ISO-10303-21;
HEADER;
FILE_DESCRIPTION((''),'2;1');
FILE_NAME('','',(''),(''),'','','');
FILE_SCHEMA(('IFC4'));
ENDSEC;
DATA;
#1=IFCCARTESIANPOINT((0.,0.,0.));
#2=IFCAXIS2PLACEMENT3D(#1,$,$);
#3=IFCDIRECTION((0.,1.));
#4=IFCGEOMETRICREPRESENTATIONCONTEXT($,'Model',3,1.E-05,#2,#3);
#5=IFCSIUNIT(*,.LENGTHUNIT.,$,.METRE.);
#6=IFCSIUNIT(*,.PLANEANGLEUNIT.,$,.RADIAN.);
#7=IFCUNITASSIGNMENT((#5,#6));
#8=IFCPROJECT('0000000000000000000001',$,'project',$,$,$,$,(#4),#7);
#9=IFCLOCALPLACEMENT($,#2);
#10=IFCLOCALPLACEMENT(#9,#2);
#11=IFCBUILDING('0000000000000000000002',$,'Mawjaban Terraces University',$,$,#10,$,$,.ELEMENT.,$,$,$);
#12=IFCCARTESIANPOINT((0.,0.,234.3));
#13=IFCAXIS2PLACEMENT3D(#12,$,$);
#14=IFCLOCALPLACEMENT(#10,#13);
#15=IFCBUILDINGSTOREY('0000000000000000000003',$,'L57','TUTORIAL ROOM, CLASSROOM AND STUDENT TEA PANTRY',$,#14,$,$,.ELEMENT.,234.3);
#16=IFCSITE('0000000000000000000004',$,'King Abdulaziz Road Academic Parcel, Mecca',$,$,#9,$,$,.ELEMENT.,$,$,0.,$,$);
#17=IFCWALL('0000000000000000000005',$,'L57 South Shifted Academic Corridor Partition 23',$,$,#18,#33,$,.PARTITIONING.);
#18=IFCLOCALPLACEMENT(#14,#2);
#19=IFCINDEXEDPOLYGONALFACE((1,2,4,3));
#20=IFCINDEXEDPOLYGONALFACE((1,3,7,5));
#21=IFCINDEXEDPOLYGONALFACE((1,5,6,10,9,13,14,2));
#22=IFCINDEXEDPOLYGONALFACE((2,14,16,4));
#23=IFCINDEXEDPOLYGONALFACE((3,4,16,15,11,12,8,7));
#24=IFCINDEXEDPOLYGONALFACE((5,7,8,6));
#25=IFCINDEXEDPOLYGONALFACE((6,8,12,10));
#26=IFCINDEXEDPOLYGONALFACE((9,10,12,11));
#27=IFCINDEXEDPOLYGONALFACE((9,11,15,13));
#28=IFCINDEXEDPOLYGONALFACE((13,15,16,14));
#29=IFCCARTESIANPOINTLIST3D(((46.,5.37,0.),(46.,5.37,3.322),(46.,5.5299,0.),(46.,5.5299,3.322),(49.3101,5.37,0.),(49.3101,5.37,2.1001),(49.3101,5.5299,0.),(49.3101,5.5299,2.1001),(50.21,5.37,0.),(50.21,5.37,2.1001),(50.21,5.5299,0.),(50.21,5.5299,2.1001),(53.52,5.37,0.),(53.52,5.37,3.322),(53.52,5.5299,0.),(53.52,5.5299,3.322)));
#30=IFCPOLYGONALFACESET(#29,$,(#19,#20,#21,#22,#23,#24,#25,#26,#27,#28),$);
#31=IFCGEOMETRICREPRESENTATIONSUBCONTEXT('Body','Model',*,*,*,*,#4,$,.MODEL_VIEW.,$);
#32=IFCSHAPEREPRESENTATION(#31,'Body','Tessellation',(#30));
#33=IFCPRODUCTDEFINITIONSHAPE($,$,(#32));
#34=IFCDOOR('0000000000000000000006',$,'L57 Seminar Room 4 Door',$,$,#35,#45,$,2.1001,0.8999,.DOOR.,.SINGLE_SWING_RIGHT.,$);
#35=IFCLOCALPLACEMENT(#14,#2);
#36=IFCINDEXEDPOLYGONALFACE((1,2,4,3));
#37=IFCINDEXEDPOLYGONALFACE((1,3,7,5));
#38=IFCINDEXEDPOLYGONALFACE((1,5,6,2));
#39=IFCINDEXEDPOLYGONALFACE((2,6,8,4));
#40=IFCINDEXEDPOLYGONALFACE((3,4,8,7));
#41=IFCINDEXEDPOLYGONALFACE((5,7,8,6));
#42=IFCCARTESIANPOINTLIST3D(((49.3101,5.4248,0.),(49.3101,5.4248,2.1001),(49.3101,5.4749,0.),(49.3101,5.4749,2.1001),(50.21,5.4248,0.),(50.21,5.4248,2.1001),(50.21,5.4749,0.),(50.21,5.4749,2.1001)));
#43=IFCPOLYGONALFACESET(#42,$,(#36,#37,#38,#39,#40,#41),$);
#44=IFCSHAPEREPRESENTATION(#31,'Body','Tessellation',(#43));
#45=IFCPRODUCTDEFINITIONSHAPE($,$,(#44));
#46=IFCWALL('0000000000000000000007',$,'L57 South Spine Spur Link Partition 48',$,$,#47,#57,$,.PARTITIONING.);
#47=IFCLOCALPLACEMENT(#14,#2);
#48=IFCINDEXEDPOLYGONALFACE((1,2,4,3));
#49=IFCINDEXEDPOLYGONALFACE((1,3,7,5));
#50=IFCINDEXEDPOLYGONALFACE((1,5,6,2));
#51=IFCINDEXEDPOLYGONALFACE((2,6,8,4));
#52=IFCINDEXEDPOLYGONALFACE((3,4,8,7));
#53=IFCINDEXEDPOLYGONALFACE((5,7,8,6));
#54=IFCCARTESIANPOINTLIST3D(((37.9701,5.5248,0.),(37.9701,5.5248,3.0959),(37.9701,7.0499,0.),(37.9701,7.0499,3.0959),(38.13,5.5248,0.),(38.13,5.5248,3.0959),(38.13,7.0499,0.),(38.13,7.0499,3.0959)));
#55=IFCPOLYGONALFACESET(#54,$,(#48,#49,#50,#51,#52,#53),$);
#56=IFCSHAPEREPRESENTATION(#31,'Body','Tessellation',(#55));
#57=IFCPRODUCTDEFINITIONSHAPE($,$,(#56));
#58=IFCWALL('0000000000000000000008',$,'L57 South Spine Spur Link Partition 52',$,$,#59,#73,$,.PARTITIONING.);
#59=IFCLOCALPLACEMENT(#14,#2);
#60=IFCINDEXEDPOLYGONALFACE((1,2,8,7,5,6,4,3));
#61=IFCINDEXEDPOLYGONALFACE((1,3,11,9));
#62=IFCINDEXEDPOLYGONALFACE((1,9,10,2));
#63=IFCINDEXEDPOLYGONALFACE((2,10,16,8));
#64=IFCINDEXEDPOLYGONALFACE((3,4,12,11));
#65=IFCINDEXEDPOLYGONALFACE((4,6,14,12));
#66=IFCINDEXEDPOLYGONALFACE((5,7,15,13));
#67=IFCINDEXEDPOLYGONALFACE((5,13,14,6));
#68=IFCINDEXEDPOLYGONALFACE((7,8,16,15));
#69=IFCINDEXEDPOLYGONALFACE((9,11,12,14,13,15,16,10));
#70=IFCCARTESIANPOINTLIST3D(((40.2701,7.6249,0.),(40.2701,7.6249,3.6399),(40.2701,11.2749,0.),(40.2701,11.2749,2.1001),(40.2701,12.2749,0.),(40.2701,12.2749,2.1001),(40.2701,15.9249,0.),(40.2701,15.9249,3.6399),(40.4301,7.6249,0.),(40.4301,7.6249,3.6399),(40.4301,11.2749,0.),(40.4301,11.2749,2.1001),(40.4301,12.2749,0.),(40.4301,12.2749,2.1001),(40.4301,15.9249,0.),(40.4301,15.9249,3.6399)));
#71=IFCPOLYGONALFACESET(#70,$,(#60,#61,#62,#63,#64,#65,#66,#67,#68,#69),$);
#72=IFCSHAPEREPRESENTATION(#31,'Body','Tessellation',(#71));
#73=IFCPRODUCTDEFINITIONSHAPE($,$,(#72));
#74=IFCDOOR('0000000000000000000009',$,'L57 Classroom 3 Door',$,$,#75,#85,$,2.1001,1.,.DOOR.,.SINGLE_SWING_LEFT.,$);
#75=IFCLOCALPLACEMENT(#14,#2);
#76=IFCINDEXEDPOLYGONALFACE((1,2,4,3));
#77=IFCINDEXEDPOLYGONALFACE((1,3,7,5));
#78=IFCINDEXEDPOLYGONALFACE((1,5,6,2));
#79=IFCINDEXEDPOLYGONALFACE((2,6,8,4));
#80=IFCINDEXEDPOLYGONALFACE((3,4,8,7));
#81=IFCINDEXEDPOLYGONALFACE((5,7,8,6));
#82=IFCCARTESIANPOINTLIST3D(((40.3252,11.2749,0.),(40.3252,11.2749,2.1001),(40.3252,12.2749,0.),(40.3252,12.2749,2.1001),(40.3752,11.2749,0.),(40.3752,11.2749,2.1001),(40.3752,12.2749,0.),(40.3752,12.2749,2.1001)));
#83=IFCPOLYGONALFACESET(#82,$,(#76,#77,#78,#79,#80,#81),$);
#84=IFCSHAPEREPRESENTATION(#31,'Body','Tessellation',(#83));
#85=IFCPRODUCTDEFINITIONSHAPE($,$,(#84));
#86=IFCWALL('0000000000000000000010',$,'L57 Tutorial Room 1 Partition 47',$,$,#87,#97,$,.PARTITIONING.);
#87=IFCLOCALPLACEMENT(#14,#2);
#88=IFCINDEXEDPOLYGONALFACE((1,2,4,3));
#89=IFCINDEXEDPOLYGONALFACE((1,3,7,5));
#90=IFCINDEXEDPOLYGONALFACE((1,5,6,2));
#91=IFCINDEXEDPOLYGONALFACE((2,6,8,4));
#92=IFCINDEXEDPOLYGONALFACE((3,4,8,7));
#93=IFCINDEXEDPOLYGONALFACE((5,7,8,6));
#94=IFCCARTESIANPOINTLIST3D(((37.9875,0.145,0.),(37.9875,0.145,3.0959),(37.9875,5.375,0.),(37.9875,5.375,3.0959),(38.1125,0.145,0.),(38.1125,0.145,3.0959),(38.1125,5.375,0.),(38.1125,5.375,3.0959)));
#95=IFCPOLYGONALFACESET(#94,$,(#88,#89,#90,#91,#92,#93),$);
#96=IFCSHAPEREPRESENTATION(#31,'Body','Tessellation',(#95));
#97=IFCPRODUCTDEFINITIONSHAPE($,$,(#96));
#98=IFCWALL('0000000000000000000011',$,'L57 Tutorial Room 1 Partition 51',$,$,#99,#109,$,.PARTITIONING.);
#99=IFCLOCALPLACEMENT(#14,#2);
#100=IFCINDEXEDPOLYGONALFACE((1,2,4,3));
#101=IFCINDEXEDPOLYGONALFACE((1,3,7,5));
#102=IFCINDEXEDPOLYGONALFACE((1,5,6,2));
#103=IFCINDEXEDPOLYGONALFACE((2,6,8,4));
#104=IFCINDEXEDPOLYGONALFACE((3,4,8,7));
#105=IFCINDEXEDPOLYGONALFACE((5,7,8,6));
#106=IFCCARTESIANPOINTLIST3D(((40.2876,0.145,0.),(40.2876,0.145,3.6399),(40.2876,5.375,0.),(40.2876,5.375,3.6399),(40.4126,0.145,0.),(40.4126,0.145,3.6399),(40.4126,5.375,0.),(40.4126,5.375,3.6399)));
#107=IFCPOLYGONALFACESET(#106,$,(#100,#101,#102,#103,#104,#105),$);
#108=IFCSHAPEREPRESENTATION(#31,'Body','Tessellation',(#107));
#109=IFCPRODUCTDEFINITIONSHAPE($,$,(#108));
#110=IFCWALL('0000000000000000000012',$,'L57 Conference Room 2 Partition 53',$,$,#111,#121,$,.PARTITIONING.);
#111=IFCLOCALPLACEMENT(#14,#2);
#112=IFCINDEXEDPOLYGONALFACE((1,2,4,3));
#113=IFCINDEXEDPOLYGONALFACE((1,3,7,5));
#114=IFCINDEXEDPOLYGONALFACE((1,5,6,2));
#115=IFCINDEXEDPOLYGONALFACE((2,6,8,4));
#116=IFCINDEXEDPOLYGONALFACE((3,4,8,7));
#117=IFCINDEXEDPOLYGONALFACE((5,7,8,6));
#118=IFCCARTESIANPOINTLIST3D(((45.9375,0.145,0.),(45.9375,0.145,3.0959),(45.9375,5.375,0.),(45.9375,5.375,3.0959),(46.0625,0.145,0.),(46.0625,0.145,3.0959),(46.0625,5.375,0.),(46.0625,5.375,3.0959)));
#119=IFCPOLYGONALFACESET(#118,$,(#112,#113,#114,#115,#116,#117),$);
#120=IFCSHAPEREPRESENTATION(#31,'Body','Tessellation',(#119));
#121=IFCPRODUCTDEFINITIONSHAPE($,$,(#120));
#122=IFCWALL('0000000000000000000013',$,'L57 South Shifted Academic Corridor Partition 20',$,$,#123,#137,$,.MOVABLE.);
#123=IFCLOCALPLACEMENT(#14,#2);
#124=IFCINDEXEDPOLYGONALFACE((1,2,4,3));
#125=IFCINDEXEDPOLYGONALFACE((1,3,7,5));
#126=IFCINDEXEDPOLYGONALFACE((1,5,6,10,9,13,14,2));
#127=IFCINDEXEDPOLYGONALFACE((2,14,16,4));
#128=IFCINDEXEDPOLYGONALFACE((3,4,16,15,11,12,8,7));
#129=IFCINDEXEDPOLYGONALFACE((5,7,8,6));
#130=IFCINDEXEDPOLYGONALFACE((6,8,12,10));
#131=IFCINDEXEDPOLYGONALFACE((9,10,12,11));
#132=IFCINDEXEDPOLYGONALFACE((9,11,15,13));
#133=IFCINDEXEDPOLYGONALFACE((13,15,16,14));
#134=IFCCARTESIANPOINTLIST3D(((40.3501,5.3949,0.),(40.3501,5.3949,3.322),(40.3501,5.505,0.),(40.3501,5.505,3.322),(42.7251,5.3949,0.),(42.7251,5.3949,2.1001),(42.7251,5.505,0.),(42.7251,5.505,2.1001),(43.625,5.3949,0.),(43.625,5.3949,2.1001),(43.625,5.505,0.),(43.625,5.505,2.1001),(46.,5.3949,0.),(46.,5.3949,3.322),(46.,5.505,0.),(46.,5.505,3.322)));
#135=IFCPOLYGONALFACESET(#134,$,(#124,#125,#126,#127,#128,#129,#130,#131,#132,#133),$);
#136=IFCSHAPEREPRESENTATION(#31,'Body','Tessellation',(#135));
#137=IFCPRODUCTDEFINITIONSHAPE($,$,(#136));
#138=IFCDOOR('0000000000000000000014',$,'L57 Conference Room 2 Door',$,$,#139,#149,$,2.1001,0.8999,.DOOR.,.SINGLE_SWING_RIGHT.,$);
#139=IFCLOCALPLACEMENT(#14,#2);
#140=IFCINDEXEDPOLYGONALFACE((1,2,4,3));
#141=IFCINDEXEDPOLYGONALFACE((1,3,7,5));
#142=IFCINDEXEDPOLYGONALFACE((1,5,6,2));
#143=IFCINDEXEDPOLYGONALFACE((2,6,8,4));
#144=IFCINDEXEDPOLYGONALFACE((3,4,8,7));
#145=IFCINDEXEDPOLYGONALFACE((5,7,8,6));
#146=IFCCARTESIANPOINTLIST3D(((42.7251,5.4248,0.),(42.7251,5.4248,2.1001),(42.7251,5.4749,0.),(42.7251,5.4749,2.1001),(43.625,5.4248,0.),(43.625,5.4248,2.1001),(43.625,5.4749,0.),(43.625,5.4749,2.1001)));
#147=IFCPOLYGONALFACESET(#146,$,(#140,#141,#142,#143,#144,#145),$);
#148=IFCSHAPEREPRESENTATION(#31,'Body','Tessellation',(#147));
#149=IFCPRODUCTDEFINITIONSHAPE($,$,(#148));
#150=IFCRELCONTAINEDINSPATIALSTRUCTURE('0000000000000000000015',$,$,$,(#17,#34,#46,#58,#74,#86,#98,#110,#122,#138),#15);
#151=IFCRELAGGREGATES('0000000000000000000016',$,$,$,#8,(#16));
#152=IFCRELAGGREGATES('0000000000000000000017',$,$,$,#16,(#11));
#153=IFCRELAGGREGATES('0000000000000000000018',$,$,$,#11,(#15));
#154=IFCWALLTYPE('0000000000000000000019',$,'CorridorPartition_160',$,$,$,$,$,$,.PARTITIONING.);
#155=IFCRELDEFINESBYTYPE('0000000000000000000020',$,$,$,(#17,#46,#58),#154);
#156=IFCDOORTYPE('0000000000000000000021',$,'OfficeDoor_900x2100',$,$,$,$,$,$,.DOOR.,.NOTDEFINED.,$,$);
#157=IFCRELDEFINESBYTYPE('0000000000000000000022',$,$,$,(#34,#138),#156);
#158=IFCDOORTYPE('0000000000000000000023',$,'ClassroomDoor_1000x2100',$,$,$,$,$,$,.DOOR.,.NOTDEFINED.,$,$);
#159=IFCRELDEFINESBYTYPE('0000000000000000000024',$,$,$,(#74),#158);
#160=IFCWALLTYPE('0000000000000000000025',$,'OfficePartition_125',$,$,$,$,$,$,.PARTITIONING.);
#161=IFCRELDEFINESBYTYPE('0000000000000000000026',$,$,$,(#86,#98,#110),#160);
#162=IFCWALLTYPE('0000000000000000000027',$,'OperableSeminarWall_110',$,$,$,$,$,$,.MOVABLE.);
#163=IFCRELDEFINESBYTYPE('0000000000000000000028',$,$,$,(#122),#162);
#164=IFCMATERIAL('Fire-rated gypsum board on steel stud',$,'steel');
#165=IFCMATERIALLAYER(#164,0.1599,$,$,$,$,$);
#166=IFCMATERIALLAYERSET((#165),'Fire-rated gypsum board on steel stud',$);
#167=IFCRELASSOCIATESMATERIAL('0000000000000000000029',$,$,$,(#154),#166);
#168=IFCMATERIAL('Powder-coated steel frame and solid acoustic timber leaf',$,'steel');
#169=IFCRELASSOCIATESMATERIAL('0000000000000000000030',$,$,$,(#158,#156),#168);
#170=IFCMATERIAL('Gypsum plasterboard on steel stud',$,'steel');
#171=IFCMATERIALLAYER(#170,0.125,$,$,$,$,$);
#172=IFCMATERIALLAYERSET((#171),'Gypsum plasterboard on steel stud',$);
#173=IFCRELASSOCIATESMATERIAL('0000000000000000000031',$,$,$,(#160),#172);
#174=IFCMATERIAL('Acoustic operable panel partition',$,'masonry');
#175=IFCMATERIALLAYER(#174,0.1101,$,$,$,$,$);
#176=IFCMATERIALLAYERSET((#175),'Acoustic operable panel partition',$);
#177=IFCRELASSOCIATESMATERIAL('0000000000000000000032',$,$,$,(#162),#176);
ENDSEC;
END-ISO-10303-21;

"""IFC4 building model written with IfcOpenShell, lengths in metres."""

from ifc_helpers import new_model, si_unit, direction, frame, frame_2d, origin, place, context, subcontext, project, spatial, rectangle, extrude, material, layer, layer_set, type_object, element, fill, save


model = new_model("IFC4")

# Units and contexts
model_context = context("Model", 3, precision=1e-05, world=origin(), true_north=direction((0.0, 1.0)))
body_context = subcontext(model_context, "Body", "Model", "MODEL_VIEW")
ifc_project = project(units=[si_unit("LENGTHUNIT", "METRE"), si_unit("PLANEANGLEUNIT", "RADIAN")], contexts=[model_context])

# Site, building, storey
site_placement = place(None, origin())
site = spatial("IfcSite", under=ifc_project, at=site_placement, Name="King Abdulaziz Road Academic Parcel, Mecca", CompositionType="ELEMENT", RefElevation=0.0)
building_placement = place(site_placement, origin())
building = spatial("IfcBuilding", under=site, at=building_placement, Name="Mawjaban Terraces University", CompositionType="ELEMENT")
storey_placement = place(building_placement, frame((0.0, 0.0, 234.3)))
storey = spatial("IfcBuildingStorey", under=building, at=storey_placement, Name="L57", Description="TUTORIAL ROOM, CLASSROOM AND STUDENT TEA PANTRY", CompositionType="ELEMENT", Elevation=234.3)

# Wall, opening, door
ifc_material_1 = material(Name="Fire-rated gypsum board on steel stud", Category="steel")
ifc_layer_1 = layer(ifc_material_1, 0.1599)
ifc_layer_set_1 = layer_set([ifc_layer_1], Name="Fire-rated gypsum board on steel stud")
wall_type_1 = type_object("IfcWallType", Name="CorridorPartition_160", PredefinedType="PARTITIONING", material=ifc_layer_set_1)
ifc_material_2 = material(Name="Powder-coated steel frame and solid acoustic timber leaf", Category="steel")
door_type_1 = type_object("IfcDoorType", Name="ClassroomDoor_1000x2100", OperationType="NOTDEFINED", PredefinedType="DOOR", material=ifc_material_2)
wall_1_placement = place(storey_placement, frame((46.0, 5.45, 0.0), z_axis=(0.0, 0.0, 1.0), x_axis=(1.0, 0.0, 0.0)))
wall_1 = element("IfcWall", 1, at=wall_1_placement, inside=storey, type_object=wall_type_1, Name="L57 South Shifted Academic Corridor Partition 23", PredefinedType="PARTITIONING", context=body_context, shape_type="SweptSolid", body=[
    extrude(rectangle(XDim=7.52, YDim=0.1599, at=frame_2d((3.76, 0.0))), origin(), (0.0, 0.0, 1.0), 3.322),
])
opening_1_placement = place(wall_1_placement, frame((3.3101, 0.0, 0.0)))
opening_1 = element("IfcOpeningElement", 2, at=opening_1_placement, cuts=wall_1, PredefinedType="OPENING", context=body_context, shape_type="SweptSolid", body=[
    extrude(rectangle(XDim=0.8999, YDim=2.1001, at=frame_2d((0.45, 1.05))), frame((0.0, 0.0898, 0.0), z_axis=(0.0, -1.0, 0.0), x_axis=(1.0, 0.0, 0.0)), (0.0, 0.0, 1.0), 0.1799),
])
door_type_2 = type_object("IfcDoorType", Name="OfficeDoor_900x2100", OperationType="NOTDEFINED", PredefinedType="DOOR", material=ifc_material_2)
door_1_placement = place(opening_1_placement, origin())
door_1 = element("IfcDoor", 3, at=door_1_placement, inside=storey, type_object=door_type_2, Name="L57 Seminar Room 4 Door", OperationType="SINGLE_SWING_RIGHT", OverallHeight=2.1001, OverallWidth=0.8999, PredefinedType="DOOR", context=body_context, shape_type="SweptSolid", body=[
    extrude(rectangle(XDim=0.8999, YDim=2.1001, at=frame_2d((0.45, 1.05))), frame((0.0, 0.0249, 0.0), z_axis=(0.0, -1.0, 0.0), x_axis=(1.0, 0.0, 0.0)), (0.0, 0.0, 1.0), 0.05),
])
fill(opening_1, door_1)

# Wall
wall_2_placement = place(storey_placement, frame((38.05, 7.05, 0.0), z_axis=(0.0, 0.0, 1.0), x_axis=(0.0, -1.0, 0.0)))
element("IfcWall", 4, at=wall_2_placement, inside=storey, type_object=wall_type_1, Name="L57 South Spine Spur Link Partition 48", PredefinedType="PARTITIONING", context=body_context, shape_type="SweptSolid", body=[
    extrude(rectangle(XDim=1.5251, YDim=0.1599, at=frame_2d((0.7627, 0.0))), origin(), (0.0, 0.0, 1.0), 3.0959),
])

# Wall, opening, door
wall_3_placement = place(storey_placement, frame((40.3501, 7.625, 0.0), z_axis=(0.0, 0.0, 1.0), x_axis=(0.0, 1.0, 0.0)))
wall_3 = element("IfcWall", 5, at=wall_3_placement, inside=storey, type_object=wall_type_1, Name="L57 South Spine Spur Link Partition 52", PredefinedType="PARTITIONING", context=body_context, shape_type="SweptSolid", body=[
    extrude(rectangle(XDim=8.3, YDim=0.1599, at=frame_2d((4.1499, 0.0))), origin(), (0.0, 0.0, 1.0), 3.6399),
])
opening_2_placement = place(wall_3_placement, frame((3.6499, 0.0, 0.0)))
opening_2 = element("IfcOpeningElement", 6, at=opening_2_placement, cuts=wall_3, PredefinedType="OPENING", context=body_context, shape_type="SweptSolid", body=[
    extrude(rectangle(XDim=1.0, YDim=2.1001, at=frame_2d((0.5, 1.05))), frame((0.0, 0.0898, 0.0), z_axis=(0.0, -1.0, 0.0), x_axis=(1.0, 0.0, 0.0)), (0.0, 0.0, 1.0), 0.1799),
])
door_2_placement = place(opening_2_placement, origin())
door_2 = element("IfcDoor", 7, at=door_2_placement, inside=storey, type_object=door_type_1, Name="L57 Classroom 3 Door", OperationType="SINGLE_SWING_LEFT", OverallHeight=2.1001, OverallWidth=1.0, PredefinedType="DOOR", context=body_context, shape_type="SweptSolid", body=[
    extrude(rectangle(XDim=1.0, YDim=2.1001, at=frame_2d((0.5, 1.05))), frame((0.0, 0.0249, 0.0), z_axis=(0.0, -1.0, 0.0), x_axis=(1.0, 0.0, 0.0)), (0.0, 0.0, 1.0), 0.05),
])
fill(opening_2, door_2)

# Walls
ifc_material_3 = material(Name="Gypsum plasterboard on steel stud", Category="steel")
ifc_layer_2 = layer(ifc_material_3, 0.125)
ifc_layer_set_2 = layer_set([ifc_layer_2], Name="Gypsum plasterboard on steel stud")
wall_type_2 = type_object("IfcWallType", Name="OfficePartition_125", PredefinedType="PARTITIONING", material=ifc_layer_set_2)
wall_4_placement = place(storey_placement, frame((38.05, 5.375, 0.0), z_axis=(0.0, 0.0, 1.0), x_axis=(0.0, -1.0, 0.0)))
element("IfcWall", 8, at=wall_4_placement, inside=storey, type_object=wall_type_2, Name="L57 Tutorial Room 1 Partition 47", PredefinedType="PARTITIONING", context=body_context, shape_type="SweptSolid", body=[
    extrude(rectangle(XDim=5.23, YDim=0.125, at=frame_2d((2.615, 0.0))), origin(), (0.0, 0.0, 1.0), 3.0959),
])
wall_5_placement = place(storey_placement, frame((40.3501, 0.145, 0.0), z_axis=(0.0, 0.0, 1.0), x_axis=(0.0, 1.0, 0.0)))
element("IfcWall", 9, at=wall_5_placement, inside=storey, type_object=wall_type_2, Name="L57 Tutorial Room 1 Partition 51", PredefinedType="PARTITIONING", context=body_context, shape_type="SweptSolid", body=[
    extrude(rectangle(XDim=5.23, YDim=0.125, at=frame_2d((2.615, 0.0))), origin(), (0.0, 0.0, 1.0), 3.6399),
])
wall_6_placement = place(storey_placement, frame((46.0, 0.145, 0.0), z_axis=(0.0, 0.0, 1.0), x_axis=(0.0, 1.0, 0.0)))
element("IfcWall", 10, at=wall_6_placement, inside=storey, type_object=wall_type_2, Name="L57 Conference Room 2 Partition 53", PredefinedType="PARTITIONING", context=body_context, shape_type="SweptSolid", body=[
    extrude(rectangle(XDim=5.23, YDim=0.125, at=frame_2d((2.615, 0.0))), origin(), (0.0, 0.0, 1.0), 3.0959),
])

# Wall, opening, door
ifc_material_4 = material(Name="Acoustic operable panel partition", Category="masonry")
ifc_layer_3 = layer(ifc_material_4, 0.1101)
ifc_layer_set_3 = layer_set([ifc_layer_3], Name="Acoustic operable panel partition")
wall_type_3 = type_object("IfcWallType", Name="OperableSeminarWall_110", PredefinedType="MOVABLE", material=ifc_layer_set_3)
wall_7_placement = place(storey_placement, frame((40.3501, 5.45, 0.0), z_axis=(0.0, 0.0, 1.0), x_axis=(1.0, 0.0, 0.0)))
wall_7 = element("IfcWall", 11, at=wall_7_placement, inside=storey, type_object=wall_type_3, Name="L57 South Shifted Academic Corridor Partition 20", PredefinedType="MOVABLE", context=body_context, shape_type="SweptSolid", body=[
    extrude(rectangle(XDim=5.6499, YDim=0.1101, at=frame_2d((2.825, 0.0))), origin(), (0.0, 0.0, 1.0), 3.322),
])
opening_3_placement = place(wall_7_placement, frame((2.375, 0.0, 0.0)))
opening_3 = element("IfcOpeningElement", 12, at=opening_3_placement, cuts=wall_7, PredefinedType="OPENING", context=body_context, shape_type="SweptSolid", body=[
    extrude(rectangle(XDim=0.8999, YDim=2.1001, at=frame_2d((0.45, 1.05))), frame((0.0, 0.0649, 0.0), z_axis=(0.0, -1.0, 0.0), x_axis=(1.0, 0.0, 0.0)), (0.0, 0.0, 1.0), 0.1301),
])
door_3_placement = place(opening_3_placement, origin())
door_3 = element("IfcDoor", 13, at=door_3_placement, inside=storey, type_object=door_type_2, Name="L57 Conference Room 2 Door", OperationType="SINGLE_SWING_RIGHT", OverallHeight=2.1001, OverallWidth=0.8999, PredefinedType="DOOR", context=body_context, shape_type="SweptSolid", body=[
    extrude(rectangle(XDim=0.8999, YDim=2.1001, at=frame_2d((0.45, 1.05))), frame((0.0, 0.0249, 0.0), z_axis=(0.0, -1.0, 0.0), x_axis=(1.0, 0.0, 0.0)), (0.0, 0.0, 1.0), 0.05),
])
fill(opening_3, door_3)

save(model, "model.ifc")
